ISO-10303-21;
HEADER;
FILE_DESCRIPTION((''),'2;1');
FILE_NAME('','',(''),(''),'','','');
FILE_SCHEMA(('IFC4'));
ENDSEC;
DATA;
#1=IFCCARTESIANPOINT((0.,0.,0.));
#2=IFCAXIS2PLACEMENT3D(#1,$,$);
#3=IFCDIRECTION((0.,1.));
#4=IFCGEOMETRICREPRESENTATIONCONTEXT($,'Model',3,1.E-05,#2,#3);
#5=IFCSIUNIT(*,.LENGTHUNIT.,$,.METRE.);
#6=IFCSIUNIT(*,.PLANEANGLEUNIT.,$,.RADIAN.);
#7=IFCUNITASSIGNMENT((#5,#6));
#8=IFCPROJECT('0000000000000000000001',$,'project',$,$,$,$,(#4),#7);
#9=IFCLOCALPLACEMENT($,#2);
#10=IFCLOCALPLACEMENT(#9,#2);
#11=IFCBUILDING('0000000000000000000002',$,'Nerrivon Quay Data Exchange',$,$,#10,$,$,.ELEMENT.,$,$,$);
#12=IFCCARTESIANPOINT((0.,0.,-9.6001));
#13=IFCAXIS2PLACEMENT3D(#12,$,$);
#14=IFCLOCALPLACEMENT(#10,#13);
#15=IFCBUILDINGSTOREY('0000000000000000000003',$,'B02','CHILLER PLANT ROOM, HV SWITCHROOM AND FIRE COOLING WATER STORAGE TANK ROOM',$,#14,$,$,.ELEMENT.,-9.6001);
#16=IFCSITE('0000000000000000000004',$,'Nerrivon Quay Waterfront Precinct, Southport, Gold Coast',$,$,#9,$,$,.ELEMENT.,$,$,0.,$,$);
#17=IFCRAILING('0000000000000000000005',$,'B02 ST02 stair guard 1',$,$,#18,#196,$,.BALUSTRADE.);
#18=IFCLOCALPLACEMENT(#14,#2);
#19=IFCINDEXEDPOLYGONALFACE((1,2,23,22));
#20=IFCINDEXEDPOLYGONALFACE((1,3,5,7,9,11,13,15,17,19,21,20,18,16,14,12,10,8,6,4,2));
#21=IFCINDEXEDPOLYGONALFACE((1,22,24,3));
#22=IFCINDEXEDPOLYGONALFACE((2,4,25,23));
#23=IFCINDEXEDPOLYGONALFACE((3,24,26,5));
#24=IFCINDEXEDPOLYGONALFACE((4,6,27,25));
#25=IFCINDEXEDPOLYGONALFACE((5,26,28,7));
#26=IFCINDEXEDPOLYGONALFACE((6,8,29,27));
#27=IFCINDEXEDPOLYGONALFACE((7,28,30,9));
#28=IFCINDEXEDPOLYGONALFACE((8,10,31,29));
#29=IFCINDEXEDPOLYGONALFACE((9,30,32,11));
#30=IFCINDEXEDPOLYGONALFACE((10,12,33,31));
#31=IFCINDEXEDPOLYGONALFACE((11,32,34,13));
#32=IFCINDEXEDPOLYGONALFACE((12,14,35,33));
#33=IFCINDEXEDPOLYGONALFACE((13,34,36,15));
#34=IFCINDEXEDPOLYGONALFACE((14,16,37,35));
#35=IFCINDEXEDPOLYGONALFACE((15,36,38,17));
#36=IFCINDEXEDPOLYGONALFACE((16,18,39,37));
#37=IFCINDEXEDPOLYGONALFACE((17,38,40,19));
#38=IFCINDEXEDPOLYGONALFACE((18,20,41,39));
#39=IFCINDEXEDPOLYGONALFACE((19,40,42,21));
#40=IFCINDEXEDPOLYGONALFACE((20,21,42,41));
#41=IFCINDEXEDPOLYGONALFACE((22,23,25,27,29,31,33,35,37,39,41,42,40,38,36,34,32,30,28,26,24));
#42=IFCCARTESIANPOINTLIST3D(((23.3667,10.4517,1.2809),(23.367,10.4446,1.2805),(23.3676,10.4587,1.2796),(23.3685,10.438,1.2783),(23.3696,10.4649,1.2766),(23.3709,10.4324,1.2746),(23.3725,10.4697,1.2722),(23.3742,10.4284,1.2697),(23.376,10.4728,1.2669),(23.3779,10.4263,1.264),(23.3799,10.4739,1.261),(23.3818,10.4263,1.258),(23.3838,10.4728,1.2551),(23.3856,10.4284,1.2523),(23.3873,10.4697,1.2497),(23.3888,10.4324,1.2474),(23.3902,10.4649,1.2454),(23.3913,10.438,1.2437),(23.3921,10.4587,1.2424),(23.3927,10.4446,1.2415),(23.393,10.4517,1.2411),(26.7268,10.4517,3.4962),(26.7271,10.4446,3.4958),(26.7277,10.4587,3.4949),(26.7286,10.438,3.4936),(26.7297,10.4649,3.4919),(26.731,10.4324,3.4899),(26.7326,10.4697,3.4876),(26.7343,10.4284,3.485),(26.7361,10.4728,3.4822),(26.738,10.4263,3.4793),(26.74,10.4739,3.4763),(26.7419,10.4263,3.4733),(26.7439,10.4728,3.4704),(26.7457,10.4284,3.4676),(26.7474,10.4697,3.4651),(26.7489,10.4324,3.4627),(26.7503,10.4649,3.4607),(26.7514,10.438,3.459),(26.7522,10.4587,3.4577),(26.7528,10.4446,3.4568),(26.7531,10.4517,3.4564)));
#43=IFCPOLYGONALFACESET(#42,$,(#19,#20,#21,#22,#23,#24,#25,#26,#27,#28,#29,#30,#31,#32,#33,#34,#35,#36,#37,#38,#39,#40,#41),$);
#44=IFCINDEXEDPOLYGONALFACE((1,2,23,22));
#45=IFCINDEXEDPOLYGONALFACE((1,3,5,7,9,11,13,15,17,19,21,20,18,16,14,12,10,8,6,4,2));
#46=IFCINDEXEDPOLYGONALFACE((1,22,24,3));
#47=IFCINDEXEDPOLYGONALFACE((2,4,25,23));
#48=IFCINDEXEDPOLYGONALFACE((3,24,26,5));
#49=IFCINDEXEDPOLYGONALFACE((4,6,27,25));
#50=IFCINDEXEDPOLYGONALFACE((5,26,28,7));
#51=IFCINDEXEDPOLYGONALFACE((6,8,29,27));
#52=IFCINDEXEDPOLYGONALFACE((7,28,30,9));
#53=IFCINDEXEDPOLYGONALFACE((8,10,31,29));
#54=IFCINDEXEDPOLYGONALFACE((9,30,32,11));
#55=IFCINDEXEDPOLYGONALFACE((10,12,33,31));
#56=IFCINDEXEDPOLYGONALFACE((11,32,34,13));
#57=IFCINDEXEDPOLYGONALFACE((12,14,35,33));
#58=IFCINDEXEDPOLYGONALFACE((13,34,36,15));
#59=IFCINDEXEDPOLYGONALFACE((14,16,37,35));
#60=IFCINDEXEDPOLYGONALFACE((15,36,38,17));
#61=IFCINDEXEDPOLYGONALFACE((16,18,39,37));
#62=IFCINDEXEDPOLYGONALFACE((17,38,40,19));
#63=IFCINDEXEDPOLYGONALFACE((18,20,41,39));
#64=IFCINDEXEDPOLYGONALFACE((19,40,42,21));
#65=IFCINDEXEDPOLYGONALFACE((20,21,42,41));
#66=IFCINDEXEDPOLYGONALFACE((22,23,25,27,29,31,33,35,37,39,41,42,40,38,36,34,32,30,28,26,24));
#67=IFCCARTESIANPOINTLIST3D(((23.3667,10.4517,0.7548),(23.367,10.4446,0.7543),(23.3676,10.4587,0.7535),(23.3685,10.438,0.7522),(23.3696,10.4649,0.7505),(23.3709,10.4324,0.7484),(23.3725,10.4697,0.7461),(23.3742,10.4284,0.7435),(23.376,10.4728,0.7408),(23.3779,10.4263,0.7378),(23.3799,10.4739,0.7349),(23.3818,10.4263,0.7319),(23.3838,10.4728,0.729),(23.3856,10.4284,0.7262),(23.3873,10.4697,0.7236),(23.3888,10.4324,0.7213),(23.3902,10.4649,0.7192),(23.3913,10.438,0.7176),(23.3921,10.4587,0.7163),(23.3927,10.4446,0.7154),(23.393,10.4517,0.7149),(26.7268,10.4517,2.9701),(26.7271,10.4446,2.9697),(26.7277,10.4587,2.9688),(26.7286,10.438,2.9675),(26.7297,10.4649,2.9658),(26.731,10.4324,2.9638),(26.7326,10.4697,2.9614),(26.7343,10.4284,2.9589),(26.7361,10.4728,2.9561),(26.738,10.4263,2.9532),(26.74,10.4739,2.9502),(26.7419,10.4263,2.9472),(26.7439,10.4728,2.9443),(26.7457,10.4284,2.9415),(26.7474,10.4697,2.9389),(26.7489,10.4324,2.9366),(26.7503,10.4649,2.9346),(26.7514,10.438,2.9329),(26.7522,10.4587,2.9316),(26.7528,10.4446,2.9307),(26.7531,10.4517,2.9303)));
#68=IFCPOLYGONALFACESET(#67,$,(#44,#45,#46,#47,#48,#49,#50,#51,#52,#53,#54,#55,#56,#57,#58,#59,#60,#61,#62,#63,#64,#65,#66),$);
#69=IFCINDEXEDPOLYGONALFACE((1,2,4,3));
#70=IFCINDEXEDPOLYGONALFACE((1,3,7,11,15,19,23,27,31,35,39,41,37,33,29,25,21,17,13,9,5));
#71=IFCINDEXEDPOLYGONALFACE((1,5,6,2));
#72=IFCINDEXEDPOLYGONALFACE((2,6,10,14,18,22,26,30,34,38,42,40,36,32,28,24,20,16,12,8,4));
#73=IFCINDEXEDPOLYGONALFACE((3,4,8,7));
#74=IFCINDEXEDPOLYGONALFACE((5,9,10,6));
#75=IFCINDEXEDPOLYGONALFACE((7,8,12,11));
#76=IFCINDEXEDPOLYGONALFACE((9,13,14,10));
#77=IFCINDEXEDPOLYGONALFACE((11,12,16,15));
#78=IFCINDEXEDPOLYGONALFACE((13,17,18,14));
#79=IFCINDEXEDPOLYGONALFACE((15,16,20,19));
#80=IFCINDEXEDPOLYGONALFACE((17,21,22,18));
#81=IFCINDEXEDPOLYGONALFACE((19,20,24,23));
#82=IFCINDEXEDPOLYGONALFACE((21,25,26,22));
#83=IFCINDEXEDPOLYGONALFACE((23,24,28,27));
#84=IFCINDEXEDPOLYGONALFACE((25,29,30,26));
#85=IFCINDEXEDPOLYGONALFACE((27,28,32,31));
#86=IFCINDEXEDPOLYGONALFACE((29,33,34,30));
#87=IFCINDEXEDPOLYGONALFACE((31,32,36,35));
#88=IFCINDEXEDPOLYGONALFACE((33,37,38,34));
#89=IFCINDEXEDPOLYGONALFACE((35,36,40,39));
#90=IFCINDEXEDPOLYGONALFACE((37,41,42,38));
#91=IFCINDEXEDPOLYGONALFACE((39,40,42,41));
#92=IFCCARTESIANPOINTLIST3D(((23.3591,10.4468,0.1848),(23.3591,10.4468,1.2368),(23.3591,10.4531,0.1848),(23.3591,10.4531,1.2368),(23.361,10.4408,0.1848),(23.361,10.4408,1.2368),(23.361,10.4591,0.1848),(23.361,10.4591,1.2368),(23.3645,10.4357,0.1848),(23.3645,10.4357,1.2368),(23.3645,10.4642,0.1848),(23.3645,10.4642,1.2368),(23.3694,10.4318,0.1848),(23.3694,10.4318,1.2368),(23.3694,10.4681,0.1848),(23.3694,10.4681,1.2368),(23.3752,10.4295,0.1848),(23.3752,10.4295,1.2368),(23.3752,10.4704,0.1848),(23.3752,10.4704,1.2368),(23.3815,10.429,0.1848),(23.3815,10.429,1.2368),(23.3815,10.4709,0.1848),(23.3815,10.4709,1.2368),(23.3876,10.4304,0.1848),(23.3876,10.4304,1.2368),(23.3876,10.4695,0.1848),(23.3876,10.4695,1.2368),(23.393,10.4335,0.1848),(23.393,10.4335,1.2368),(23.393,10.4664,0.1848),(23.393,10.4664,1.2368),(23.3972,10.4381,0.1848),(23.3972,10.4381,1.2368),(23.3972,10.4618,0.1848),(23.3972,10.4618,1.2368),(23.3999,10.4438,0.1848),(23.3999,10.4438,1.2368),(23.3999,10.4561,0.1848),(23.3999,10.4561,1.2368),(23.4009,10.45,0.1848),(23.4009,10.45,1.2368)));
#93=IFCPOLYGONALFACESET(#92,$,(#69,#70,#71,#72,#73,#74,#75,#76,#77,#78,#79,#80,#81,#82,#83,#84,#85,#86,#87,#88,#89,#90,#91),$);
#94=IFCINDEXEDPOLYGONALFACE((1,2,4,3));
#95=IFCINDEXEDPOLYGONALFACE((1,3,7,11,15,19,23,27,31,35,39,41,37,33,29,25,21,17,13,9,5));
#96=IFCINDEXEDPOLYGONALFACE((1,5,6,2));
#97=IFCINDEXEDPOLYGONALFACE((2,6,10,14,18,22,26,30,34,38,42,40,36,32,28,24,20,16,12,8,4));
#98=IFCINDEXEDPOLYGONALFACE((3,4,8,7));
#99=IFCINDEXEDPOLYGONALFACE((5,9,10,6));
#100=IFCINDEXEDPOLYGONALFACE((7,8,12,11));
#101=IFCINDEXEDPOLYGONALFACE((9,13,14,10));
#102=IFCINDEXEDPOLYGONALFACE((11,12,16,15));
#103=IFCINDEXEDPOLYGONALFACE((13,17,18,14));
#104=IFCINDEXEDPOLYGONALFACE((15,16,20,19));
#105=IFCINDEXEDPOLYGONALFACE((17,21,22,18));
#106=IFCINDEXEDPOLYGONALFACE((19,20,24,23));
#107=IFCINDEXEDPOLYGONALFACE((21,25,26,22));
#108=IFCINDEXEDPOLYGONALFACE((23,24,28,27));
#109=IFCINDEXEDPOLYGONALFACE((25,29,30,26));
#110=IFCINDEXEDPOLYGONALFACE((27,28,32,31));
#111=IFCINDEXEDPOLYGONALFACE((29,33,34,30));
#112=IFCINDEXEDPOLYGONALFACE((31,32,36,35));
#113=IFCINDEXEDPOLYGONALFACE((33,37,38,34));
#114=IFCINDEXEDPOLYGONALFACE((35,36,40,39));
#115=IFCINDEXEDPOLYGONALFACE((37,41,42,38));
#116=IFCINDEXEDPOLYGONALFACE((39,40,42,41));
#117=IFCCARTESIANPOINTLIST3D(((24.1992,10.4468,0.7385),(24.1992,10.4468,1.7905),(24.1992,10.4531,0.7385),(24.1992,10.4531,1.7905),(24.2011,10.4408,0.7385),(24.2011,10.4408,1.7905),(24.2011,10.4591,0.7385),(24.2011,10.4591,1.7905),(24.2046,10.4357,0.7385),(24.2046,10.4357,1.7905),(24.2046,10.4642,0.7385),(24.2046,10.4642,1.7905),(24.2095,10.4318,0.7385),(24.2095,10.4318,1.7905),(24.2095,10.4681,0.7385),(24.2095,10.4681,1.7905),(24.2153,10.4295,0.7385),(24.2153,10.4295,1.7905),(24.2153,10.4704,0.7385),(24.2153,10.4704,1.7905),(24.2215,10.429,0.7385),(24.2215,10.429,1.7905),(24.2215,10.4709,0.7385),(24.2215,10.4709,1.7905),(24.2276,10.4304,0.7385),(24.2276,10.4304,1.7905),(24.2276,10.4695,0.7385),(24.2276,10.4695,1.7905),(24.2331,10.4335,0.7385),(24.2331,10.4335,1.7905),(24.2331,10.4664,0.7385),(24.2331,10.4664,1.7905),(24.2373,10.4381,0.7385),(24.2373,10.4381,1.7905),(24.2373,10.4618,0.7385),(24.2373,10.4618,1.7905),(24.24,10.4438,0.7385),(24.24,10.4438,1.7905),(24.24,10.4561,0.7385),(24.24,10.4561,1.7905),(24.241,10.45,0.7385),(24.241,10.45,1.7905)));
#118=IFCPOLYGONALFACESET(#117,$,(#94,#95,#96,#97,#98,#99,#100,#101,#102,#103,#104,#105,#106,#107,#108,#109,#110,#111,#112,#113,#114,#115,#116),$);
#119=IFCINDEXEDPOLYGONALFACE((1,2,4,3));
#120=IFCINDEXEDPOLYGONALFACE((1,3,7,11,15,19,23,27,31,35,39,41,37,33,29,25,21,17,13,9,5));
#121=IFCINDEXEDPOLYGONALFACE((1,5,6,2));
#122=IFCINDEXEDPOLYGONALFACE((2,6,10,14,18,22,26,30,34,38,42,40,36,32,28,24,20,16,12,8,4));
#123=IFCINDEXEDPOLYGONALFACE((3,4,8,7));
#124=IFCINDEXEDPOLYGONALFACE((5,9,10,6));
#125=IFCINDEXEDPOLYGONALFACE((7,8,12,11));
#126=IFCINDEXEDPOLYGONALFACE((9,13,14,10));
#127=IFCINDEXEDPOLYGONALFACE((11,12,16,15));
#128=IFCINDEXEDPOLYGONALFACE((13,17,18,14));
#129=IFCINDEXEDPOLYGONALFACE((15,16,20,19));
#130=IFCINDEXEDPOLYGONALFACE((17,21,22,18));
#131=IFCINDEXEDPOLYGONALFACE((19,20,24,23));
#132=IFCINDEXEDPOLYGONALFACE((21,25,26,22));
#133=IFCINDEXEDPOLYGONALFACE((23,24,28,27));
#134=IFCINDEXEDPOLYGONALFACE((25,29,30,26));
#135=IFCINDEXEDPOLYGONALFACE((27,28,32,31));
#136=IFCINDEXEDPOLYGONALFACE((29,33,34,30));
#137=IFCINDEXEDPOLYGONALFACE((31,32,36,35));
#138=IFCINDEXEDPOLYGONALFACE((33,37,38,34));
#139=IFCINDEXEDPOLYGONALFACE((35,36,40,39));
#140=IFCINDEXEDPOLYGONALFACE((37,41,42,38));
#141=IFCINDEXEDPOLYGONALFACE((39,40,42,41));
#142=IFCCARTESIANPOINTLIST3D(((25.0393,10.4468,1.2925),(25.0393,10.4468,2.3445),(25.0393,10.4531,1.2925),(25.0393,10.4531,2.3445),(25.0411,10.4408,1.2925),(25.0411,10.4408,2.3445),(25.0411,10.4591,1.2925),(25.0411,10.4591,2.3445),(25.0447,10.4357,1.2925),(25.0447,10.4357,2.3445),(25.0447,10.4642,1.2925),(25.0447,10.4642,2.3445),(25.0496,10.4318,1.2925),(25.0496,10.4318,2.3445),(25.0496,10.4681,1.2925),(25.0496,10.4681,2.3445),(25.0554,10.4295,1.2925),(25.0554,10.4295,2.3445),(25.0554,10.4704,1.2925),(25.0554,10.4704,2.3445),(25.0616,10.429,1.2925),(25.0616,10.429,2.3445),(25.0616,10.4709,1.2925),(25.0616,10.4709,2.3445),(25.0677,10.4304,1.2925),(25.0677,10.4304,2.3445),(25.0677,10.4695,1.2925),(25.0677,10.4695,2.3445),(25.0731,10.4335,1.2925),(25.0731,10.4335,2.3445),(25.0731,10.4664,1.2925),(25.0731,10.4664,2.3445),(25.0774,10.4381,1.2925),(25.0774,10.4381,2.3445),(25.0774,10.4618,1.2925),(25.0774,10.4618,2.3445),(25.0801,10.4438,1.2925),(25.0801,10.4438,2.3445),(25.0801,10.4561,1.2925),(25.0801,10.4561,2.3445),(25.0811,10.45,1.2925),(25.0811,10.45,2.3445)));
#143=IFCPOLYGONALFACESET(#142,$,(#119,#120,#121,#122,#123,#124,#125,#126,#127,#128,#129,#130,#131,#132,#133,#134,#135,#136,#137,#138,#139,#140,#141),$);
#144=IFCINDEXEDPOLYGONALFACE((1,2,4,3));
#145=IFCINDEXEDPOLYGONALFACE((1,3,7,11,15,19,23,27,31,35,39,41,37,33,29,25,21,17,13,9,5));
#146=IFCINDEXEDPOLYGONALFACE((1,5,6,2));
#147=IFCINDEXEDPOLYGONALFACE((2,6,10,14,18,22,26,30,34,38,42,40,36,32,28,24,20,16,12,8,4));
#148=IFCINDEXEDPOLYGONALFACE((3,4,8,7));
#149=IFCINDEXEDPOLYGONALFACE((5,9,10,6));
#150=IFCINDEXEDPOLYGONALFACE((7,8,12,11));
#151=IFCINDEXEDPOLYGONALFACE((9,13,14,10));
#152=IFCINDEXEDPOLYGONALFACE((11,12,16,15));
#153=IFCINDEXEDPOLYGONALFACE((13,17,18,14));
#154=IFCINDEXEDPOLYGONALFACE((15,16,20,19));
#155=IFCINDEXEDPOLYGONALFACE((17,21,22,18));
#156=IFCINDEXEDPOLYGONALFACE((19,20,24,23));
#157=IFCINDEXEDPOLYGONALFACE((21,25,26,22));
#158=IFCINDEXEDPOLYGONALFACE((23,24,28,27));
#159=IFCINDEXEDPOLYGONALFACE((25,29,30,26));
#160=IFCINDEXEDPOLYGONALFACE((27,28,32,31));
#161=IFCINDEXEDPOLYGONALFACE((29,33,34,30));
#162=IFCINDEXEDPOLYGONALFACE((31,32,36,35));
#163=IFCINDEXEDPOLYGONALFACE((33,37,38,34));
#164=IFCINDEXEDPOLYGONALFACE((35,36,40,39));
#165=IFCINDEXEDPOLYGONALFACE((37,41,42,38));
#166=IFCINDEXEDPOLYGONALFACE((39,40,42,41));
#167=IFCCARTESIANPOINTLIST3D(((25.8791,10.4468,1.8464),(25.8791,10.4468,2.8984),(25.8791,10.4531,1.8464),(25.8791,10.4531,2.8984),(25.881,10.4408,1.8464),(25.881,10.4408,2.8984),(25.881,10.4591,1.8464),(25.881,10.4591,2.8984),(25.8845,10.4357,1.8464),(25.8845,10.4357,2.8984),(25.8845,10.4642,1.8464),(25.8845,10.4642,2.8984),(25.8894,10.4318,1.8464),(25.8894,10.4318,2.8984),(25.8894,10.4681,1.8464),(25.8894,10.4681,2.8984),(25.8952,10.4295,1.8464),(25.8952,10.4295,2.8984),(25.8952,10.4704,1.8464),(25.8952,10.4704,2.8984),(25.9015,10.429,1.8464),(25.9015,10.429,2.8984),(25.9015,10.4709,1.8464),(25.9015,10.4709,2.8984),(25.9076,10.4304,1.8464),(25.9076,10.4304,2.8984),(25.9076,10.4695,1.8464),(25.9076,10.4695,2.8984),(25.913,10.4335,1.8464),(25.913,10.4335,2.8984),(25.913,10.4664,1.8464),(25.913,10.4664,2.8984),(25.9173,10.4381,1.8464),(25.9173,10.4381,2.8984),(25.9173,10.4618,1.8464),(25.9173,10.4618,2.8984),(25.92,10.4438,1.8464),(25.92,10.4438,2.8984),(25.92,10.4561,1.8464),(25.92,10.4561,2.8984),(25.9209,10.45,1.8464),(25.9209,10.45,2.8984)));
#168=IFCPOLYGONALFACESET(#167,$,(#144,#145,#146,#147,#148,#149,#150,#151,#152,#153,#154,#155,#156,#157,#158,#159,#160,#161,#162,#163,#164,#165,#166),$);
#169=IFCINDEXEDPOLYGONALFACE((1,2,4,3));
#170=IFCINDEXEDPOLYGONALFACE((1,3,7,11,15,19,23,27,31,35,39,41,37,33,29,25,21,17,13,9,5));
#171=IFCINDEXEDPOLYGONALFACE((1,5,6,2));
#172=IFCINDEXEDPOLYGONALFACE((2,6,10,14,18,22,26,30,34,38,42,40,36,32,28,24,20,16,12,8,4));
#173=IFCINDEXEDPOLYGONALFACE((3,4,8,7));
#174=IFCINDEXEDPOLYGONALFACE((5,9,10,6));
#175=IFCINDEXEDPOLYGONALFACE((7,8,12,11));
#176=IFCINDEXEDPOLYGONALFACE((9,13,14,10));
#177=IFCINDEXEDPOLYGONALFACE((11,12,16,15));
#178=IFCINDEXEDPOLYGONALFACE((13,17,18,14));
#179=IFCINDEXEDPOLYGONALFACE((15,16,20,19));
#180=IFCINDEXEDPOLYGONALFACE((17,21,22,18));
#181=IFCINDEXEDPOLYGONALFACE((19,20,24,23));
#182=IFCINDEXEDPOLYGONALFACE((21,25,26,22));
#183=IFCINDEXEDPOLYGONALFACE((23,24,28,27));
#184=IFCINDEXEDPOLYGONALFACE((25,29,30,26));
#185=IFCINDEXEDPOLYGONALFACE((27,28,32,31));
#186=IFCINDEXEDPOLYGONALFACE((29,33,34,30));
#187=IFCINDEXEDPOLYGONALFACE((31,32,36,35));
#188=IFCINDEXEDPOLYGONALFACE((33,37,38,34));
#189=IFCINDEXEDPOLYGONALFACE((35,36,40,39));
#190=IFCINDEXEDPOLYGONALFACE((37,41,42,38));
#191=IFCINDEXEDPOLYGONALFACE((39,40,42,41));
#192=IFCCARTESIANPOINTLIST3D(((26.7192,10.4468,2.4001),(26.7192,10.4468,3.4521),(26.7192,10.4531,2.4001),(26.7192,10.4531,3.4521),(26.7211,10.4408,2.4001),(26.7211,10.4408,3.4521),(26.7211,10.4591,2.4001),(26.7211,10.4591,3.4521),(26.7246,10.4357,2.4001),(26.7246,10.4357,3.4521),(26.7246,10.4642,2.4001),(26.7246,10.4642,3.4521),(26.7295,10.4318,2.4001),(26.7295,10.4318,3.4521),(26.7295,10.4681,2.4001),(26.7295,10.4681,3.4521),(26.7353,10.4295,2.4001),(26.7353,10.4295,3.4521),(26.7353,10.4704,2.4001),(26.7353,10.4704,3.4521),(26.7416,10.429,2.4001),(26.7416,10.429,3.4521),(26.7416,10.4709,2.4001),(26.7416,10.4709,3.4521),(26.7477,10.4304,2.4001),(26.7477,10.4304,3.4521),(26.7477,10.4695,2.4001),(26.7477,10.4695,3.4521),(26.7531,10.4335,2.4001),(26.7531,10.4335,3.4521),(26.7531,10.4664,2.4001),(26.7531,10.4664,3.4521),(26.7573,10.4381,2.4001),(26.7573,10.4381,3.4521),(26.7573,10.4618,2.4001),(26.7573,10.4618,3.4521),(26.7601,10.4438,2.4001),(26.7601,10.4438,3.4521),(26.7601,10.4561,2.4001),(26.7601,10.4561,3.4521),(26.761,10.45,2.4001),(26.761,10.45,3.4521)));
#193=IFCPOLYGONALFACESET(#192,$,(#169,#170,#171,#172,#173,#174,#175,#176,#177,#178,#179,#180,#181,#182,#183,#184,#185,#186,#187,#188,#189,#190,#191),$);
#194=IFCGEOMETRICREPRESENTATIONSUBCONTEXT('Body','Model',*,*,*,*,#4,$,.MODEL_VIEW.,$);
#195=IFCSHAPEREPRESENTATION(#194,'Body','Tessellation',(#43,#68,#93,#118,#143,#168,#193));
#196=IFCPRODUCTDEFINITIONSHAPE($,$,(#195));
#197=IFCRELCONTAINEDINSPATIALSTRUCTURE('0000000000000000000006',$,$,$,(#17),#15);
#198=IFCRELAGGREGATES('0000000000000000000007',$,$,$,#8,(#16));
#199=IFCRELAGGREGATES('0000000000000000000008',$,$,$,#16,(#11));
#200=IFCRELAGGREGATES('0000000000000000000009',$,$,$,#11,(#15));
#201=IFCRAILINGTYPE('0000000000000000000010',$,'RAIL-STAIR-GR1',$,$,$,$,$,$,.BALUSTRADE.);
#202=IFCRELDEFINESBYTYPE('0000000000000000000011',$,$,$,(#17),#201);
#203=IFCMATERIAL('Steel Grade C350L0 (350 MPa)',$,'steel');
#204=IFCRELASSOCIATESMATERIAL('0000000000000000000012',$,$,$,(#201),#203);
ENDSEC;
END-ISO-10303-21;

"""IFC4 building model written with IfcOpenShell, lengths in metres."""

from ifc_helpers import new_model, si_unit, direction, frame, origin, origin_2d, place, context, subcontext, project, spatial, circle, extrude, material, type_object, element, save


model = new_model("IFC4")

# Units and contexts
model_context = context("Model", 3, precision=1e-05, world=origin(), true_north=direction((0.0, 1.0)))
body_context = subcontext(model_context, "Body", "Model", "MODEL_VIEW")
ifc_project = project(units=[si_unit("LENGTHUNIT", "METRE"), si_unit("PLANEANGLEUNIT", "RADIAN")], contexts=[model_context])

# Site, building, storey
site_placement = place(None, origin())
site = spatial("IfcSite", under=ifc_project, at=site_placement, Name="Nerrivon Quay Waterfront Precinct, Southport, Gold Coast", CompositionType="ELEMENT", RefElevation=0.0)
building_placement = place(site_placement, origin())
building = spatial("IfcBuilding", under=site, at=building_placement, Name="Nerrivon Quay Data Exchange", CompositionType="ELEMENT")
storey_placement = place(building_placement, frame((0.0, 0.0, -9.6001)))
storey = spatial("IfcBuildingStorey", under=building, at=storey_placement, Name="B02", Description="CHILLER PLANT ROOM, HV SWITCHROOM AND FIRE COOLING WATER STORAGE TANK ROOM", CompositionType="ELEMENT", Elevation=-9.6001)

# Railing
ifc_material_1 = material(Name="Steel Grade C350L0 (350 MPa)", Category="steel")
railing_type_1 = type_object("IfcRailingType", Name="RAIL-STAIR-GR1", PredefinedType="BALUSTRADE", material=ifc_material_1)
railing_1_placement = place(storey_placement, frame((23.3799, 10.45, 0.1848)))
element("IfcRailing", 1, at=railing_1_placement, inside=storey, type_object=railing_type_1, Name="B02 ST02 stair guard 1", PredefinedType="BALUSTRADE", context=body_context, shape_type="SweptSolid", body=[
    extrude(circle(Radius=0.0239, at=origin_2d()), frame((0.0, 0.0, 1.0762), z_axis=(0.834876, 0.0, 0.550437), x_axis=(0.0, 1.0, 0.0)), (0.0, 0.0, 1.0), 4.0247),
    extrude(circle(Radius=0.0239, at=origin_2d()), frame((0.0, 0.0, 0.55), z_axis=(0.834876, 0.0, 0.550437), x_axis=(0.0, 1.0, 0.0)), (0.0, 0.0, 1.0), 4.0247),
    extrude(circle(Radius=0.021, at=origin_2d()), origin(), (0.0, 0.0, 1.0), 1.052),
    extrude(circle(Radius=0.021, at=origin_2d()), frame((0.8401, 0.0, 0.5537)), (0.0, 0.0, 1.0), 1.052),
    extrude(circle(Radius=0.021, at=origin_2d()), frame((1.6802, 0.0, 1.1077)), (0.0, 0.0, 1.0), 1.052),
    extrude(circle(Radius=0.021, at=origin_2d()), frame((2.52, 0.0, 1.6616)), (0.0, 0.0, 1.0), 1.052),
    extrude(circle(Radius=0.021, at=origin_2d()), frame((3.3601, 0.0, 2.2153)), (0.0, 0.0, 1.0), 1.052),
])

save(model, "model.ifc")
